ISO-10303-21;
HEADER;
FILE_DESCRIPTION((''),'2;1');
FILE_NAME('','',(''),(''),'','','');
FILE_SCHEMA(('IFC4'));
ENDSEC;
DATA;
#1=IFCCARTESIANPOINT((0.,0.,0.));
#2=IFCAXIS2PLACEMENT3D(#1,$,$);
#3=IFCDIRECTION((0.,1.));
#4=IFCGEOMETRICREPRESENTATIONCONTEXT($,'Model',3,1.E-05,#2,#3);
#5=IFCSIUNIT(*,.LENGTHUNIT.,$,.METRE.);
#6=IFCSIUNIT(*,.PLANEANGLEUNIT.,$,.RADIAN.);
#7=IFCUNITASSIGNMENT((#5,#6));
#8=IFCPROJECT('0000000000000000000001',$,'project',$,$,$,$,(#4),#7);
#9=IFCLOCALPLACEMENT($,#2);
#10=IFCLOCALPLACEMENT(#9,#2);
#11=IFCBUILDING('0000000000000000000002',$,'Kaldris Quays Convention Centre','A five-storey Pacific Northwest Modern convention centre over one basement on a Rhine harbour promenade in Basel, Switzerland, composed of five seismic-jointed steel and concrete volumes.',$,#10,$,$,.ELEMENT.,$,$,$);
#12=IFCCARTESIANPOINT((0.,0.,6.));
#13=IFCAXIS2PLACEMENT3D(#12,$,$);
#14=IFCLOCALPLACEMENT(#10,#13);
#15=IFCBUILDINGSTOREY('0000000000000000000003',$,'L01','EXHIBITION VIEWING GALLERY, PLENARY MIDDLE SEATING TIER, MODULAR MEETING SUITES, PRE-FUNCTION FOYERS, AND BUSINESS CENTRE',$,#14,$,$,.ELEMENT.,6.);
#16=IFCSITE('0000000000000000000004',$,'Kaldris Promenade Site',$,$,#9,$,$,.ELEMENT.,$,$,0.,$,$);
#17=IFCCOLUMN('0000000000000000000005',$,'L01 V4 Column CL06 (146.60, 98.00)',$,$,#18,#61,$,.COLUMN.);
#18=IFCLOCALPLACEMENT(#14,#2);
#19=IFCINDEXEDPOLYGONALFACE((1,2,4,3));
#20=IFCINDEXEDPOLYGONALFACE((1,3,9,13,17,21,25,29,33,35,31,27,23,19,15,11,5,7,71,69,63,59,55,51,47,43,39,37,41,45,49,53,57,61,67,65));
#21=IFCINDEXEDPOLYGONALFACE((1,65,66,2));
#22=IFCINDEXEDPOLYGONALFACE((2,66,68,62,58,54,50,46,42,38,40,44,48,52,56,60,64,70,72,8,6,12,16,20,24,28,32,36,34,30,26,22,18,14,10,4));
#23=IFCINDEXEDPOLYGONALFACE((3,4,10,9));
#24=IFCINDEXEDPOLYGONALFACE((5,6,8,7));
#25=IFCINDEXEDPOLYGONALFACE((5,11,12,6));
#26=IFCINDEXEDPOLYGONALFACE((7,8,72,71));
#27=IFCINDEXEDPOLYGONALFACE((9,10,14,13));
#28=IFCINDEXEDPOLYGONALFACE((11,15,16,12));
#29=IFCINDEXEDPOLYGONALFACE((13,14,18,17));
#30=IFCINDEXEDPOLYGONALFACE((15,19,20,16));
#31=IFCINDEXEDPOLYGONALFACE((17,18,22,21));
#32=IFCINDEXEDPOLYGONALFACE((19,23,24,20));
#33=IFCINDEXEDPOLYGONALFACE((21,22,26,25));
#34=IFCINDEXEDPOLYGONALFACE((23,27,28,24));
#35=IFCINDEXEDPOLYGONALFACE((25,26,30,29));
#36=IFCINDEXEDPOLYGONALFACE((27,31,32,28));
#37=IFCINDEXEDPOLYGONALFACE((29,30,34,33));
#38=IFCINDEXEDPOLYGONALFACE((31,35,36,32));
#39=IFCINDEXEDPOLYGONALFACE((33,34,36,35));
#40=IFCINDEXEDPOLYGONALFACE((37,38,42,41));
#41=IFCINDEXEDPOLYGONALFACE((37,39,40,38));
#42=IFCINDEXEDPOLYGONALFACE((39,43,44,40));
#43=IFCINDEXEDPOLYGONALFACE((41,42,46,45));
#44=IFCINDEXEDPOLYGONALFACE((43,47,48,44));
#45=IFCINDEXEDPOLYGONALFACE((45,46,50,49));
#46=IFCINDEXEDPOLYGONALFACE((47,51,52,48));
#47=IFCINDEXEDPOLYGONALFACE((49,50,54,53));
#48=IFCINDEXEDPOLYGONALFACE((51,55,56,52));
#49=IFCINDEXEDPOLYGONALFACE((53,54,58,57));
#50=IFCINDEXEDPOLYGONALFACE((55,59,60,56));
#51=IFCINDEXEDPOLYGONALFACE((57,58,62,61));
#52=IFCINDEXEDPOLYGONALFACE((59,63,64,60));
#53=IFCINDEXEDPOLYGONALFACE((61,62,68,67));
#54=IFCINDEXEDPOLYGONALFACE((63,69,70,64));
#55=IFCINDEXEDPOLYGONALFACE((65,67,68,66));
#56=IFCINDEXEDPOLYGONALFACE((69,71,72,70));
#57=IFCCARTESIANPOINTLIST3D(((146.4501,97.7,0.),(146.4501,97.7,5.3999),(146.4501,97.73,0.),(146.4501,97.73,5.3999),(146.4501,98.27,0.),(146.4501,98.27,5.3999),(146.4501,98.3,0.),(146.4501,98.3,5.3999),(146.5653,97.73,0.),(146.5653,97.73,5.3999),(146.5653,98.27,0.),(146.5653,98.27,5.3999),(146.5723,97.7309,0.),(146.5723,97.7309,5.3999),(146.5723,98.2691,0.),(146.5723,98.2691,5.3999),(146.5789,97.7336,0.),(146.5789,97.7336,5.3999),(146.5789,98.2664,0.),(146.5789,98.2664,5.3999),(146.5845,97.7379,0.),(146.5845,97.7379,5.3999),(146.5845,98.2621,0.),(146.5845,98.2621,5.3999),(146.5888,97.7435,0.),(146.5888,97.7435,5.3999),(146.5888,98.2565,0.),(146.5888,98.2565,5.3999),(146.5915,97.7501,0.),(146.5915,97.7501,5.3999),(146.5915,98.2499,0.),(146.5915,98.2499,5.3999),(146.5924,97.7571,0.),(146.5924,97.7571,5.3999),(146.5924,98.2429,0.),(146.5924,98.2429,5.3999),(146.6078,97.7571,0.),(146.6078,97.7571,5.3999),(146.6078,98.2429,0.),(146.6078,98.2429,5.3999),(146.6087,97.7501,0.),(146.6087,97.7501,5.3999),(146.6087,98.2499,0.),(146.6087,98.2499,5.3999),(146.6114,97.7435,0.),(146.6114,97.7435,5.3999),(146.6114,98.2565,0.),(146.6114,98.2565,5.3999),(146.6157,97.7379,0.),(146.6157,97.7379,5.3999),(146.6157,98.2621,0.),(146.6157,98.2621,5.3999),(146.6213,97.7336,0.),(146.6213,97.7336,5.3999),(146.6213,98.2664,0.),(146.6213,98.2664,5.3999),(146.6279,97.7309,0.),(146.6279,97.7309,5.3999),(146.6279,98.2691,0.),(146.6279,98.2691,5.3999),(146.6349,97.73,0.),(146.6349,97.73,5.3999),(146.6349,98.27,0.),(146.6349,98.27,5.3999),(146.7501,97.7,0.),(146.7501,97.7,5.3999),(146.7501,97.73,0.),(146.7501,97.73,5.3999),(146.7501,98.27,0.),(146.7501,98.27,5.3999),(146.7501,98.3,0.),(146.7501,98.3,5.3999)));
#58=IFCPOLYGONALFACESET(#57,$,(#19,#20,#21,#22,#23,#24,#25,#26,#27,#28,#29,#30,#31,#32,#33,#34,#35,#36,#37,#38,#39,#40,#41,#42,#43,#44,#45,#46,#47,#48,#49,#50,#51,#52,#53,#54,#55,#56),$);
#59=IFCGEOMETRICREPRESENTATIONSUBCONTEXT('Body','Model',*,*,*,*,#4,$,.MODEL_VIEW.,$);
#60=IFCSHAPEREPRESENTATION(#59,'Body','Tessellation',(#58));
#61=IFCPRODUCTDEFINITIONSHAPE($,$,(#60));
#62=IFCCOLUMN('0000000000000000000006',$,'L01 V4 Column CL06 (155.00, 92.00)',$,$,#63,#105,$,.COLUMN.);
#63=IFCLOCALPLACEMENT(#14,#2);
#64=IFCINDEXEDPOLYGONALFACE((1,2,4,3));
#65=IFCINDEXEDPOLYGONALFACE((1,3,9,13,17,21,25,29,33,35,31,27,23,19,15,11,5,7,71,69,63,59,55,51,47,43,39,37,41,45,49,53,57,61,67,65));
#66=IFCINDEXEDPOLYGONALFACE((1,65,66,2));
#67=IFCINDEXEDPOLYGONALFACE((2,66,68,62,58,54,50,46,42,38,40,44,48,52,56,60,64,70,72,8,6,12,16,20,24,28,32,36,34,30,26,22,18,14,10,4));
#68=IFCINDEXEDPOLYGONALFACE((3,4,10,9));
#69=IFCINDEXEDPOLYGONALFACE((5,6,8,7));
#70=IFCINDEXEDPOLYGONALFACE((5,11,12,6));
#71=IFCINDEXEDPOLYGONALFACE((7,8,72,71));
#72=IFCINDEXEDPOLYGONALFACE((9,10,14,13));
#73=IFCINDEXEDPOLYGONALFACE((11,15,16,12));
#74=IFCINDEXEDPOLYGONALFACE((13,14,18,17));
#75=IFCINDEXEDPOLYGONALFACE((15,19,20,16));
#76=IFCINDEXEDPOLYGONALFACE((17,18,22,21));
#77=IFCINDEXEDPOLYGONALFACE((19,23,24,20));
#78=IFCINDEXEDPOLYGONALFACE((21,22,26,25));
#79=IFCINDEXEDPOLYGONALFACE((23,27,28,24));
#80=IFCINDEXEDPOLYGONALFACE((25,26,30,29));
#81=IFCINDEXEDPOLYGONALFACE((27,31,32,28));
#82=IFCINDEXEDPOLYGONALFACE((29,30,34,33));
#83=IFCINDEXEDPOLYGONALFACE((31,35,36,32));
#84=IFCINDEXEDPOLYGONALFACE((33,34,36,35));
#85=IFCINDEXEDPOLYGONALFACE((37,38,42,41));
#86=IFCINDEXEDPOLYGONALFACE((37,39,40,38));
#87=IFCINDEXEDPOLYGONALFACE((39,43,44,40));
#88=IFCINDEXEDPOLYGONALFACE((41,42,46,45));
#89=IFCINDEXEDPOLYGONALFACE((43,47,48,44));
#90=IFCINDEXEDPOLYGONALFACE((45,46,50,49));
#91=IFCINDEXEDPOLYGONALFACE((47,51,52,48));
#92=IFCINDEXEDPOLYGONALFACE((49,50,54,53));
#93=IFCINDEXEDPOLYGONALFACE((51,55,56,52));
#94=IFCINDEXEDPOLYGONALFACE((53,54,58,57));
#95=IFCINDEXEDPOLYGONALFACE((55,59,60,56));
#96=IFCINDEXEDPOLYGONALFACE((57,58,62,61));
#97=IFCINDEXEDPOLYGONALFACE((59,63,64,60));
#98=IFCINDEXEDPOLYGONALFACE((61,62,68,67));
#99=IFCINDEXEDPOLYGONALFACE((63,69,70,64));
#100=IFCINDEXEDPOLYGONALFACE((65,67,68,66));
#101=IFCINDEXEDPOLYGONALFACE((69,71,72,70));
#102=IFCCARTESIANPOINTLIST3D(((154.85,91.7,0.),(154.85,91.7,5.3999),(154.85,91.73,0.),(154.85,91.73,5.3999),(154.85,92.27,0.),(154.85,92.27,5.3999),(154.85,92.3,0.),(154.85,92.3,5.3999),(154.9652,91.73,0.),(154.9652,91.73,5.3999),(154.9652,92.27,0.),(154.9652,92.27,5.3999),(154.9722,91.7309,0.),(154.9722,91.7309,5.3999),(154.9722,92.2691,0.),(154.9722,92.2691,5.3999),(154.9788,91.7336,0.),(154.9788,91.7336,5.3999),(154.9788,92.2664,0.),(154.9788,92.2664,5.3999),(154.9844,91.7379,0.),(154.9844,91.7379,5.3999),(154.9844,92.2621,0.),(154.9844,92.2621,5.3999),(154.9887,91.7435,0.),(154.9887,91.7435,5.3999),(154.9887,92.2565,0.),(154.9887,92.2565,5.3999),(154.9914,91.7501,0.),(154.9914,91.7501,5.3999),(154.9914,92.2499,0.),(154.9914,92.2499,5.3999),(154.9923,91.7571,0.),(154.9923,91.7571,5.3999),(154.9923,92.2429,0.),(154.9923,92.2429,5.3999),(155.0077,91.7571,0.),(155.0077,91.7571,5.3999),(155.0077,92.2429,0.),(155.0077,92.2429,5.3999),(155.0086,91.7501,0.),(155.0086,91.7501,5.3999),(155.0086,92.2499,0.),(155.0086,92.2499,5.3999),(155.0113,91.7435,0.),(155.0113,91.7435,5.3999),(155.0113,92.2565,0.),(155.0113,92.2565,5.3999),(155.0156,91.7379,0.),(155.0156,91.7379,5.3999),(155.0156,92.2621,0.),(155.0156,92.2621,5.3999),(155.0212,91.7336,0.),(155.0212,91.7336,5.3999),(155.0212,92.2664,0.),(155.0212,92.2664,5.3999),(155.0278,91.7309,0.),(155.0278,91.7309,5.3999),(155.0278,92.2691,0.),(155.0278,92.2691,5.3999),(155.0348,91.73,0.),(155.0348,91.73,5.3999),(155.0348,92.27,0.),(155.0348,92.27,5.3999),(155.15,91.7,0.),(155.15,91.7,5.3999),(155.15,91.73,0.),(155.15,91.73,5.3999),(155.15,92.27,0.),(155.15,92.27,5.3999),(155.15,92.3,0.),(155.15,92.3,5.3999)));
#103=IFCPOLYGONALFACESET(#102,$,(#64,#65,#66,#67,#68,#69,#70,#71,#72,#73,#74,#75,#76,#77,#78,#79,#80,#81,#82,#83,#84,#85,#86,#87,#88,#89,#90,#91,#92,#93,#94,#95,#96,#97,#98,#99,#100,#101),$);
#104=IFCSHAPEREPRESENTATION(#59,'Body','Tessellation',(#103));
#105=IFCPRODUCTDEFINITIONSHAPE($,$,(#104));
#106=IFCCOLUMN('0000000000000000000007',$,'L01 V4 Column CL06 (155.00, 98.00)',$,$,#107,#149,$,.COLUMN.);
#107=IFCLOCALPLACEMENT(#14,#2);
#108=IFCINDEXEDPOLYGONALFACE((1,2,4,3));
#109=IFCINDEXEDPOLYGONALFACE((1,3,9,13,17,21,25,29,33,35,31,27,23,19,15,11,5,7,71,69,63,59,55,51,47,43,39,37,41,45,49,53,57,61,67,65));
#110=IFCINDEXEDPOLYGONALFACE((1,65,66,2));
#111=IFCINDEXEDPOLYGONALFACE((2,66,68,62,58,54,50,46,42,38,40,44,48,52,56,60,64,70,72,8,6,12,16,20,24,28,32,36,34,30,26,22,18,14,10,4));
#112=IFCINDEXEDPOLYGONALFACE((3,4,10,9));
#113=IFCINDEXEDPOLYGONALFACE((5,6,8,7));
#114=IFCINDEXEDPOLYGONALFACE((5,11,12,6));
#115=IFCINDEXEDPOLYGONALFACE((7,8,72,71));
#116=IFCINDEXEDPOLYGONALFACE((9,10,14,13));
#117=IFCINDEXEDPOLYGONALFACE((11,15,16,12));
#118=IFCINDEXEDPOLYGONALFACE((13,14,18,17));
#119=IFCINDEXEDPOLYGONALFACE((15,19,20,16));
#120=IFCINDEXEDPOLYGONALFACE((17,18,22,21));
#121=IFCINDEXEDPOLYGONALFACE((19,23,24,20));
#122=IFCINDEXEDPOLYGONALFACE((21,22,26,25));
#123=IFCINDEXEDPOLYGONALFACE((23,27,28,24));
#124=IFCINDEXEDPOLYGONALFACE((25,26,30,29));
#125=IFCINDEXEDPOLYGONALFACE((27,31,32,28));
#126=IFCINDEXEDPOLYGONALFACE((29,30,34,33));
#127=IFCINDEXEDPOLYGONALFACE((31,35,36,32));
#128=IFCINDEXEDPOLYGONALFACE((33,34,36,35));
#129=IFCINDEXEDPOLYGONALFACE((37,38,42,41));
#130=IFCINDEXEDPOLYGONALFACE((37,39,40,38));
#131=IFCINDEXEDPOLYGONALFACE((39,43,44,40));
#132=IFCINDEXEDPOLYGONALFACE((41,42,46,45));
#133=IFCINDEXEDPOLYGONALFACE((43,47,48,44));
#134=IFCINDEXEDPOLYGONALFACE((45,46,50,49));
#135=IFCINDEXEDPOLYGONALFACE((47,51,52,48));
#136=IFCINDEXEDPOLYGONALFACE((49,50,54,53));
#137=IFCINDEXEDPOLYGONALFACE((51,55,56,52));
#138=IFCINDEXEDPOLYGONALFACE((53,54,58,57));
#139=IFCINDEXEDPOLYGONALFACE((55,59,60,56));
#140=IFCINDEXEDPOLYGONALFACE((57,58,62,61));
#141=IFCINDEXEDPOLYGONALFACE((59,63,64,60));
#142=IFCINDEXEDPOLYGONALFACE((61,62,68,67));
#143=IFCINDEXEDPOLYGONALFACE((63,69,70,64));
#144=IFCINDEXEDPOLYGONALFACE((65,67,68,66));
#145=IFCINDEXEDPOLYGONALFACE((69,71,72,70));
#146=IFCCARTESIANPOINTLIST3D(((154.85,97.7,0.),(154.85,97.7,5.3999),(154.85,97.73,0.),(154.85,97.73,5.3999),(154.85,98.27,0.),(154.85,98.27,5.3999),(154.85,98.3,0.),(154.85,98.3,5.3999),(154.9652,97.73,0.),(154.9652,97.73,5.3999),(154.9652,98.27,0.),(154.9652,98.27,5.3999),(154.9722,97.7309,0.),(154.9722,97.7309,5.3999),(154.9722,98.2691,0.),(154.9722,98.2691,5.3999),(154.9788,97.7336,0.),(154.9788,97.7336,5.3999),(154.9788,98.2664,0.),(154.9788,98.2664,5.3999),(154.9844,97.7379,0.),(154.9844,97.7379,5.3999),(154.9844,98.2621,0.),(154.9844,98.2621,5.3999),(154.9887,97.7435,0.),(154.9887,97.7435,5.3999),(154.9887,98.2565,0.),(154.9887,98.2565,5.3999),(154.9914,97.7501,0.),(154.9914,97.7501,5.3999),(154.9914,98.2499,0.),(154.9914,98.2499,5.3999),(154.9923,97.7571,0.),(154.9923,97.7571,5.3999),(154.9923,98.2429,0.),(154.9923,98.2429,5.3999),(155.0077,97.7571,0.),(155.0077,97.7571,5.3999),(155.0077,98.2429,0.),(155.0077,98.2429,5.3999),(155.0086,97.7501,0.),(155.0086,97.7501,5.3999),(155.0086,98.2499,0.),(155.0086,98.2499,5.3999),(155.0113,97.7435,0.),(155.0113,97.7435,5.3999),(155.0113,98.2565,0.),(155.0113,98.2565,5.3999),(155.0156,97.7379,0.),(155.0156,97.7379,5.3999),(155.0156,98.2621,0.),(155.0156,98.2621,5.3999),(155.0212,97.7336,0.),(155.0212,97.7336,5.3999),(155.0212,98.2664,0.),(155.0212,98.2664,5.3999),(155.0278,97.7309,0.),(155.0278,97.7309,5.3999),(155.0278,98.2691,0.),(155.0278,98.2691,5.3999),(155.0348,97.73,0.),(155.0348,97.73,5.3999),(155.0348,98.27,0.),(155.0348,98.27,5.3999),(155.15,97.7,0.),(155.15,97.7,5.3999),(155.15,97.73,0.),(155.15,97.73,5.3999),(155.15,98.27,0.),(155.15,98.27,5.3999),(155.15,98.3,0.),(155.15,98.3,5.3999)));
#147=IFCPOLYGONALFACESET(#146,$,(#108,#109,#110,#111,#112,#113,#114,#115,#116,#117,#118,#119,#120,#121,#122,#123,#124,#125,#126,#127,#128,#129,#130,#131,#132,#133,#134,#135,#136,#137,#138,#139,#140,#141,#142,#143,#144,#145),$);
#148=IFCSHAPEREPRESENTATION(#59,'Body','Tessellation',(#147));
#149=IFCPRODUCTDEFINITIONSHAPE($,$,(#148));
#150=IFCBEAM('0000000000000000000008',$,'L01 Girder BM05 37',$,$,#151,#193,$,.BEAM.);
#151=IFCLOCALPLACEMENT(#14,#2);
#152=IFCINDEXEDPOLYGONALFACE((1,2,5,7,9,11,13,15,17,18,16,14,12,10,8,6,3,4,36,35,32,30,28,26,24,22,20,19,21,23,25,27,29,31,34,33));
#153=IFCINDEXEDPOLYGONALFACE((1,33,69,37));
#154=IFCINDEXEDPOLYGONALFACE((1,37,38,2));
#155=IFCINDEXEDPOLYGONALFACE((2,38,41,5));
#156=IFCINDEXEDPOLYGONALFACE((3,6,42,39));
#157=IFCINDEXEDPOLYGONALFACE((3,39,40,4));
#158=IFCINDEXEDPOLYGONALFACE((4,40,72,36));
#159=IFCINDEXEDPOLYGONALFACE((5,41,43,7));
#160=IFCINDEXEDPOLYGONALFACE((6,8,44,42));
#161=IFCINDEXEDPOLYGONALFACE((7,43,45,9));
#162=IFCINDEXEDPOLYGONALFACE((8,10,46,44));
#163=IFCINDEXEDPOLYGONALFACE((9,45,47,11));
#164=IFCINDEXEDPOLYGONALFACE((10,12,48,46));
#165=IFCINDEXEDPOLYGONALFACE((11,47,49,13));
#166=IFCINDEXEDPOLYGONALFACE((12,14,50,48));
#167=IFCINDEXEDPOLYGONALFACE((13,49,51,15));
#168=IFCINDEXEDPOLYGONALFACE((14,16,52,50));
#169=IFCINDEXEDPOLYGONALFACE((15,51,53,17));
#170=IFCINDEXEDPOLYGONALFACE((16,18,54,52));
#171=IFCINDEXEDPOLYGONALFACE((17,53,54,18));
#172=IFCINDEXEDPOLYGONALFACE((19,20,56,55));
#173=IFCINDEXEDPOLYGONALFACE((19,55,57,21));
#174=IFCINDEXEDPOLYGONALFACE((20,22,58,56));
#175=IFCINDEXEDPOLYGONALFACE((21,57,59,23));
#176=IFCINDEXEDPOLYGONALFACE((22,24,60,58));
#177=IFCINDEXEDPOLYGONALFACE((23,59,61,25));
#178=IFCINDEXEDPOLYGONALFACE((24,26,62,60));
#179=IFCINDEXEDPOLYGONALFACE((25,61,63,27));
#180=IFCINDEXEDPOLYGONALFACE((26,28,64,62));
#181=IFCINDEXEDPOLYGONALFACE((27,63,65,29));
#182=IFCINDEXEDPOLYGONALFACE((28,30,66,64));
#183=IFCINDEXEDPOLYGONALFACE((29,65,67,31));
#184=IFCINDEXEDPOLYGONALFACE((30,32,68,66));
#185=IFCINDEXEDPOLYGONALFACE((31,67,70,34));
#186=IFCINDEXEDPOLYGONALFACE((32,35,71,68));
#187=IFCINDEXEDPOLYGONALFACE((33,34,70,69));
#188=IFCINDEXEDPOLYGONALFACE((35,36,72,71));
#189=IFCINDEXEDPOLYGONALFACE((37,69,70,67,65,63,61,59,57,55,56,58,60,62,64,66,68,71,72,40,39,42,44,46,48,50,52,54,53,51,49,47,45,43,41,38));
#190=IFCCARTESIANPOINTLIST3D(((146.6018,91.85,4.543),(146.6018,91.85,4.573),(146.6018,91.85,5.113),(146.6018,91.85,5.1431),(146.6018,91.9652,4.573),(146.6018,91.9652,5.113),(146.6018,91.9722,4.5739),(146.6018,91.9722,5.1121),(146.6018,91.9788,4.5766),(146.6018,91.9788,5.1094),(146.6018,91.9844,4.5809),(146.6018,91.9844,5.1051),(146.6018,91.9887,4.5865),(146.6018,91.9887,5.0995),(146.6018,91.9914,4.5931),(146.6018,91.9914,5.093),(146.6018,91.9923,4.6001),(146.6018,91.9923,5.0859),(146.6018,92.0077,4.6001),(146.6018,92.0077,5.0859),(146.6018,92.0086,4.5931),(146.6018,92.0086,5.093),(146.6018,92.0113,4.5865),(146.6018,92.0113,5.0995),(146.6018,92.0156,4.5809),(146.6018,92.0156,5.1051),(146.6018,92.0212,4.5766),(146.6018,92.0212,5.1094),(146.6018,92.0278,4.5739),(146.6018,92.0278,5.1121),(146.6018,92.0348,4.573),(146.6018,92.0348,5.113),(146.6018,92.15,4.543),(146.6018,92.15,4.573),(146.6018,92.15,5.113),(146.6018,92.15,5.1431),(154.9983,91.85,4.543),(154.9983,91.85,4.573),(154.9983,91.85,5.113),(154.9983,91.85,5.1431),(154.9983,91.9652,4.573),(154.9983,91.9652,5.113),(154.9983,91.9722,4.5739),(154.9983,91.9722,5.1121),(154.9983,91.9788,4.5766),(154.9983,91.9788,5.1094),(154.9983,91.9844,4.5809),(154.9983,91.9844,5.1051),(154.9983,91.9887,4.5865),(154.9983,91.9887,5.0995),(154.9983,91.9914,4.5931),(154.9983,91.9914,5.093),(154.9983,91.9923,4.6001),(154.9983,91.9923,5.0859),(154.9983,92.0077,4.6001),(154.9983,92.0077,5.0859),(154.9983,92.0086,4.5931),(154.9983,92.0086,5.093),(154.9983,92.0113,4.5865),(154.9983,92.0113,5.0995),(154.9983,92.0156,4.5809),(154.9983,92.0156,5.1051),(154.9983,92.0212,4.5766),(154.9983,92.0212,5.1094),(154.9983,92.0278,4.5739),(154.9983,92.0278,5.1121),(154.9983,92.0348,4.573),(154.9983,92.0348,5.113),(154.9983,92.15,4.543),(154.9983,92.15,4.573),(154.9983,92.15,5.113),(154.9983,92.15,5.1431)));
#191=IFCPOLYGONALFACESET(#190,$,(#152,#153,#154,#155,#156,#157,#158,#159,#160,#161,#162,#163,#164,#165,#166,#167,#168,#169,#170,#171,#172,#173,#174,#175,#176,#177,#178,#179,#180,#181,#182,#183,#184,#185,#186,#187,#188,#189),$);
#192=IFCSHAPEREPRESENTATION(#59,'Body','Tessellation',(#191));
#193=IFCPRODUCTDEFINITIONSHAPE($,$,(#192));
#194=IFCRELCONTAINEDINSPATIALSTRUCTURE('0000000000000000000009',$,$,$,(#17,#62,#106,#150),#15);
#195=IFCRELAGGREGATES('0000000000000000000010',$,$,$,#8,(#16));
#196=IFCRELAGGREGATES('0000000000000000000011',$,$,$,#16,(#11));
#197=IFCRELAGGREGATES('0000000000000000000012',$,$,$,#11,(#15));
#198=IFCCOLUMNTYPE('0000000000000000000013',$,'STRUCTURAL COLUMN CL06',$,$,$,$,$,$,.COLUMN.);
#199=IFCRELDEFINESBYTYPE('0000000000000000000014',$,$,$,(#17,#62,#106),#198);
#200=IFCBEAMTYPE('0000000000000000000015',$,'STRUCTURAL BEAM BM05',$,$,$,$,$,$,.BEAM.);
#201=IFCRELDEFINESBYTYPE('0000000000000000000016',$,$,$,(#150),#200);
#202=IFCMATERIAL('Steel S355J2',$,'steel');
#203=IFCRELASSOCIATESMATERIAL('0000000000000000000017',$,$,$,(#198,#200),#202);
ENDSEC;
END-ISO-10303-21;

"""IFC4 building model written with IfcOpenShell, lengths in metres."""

from ifc_helpers import new_model, si_unit, direction, frame, origin, origin_2d, place, context, subcontext, project, spatial, i_section, extrude, material, material_profile, profile_set, type_object, element, save


model = new_model("IFC4")

# Units and contexts
model_context = context("Model", 3, precision=1e-05, world=origin(), true_north=direction((0.0, 1.0)))
body_context = subcontext(model_context, "Body", "Model", "MODEL_VIEW")
ifc_project = project(units=[si_unit("LENGTHUNIT", "METRE"), si_unit("PLANEANGLEUNIT", "RADIAN")], contexts=[model_context])

# Site, building, storey
site_placement = place(None, origin())
site = spatial("IfcSite", under=ifc_project, at=site_placement, Name="Kaldris Promenade Site", CompositionType="ELEMENT", RefElevation=0.0)
building_placement = place(site_placement, origin())
building = spatial("IfcBuilding", under=site, at=building_placement, Name="Kaldris Quays Convention Centre", Description="A five-storey Pacific Northwest Modern convention centre over one basement on a Rhine harbour promenade in Basel, Switzerland, composed of five seismic-jointed steel and concrete volumes.", CompositionType="ELEMENT")
storey_placement = place(building_placement, frame((0.0, 0.0, 6.0)))
storey = spatial("IfcBuildingStorey", under=building, at=storey_placement, Name="L01", Description="EXHIBITION VIEWING GALLERY, PLENARY MIDDLE SEATING TIER, MODULAR MEETING SUITES, PRE-FUNCTION FOYERS, AND BUSINESS CENTRE", CompositionType="ELEMENT", Elevation=6.0)

# Columns
ifc_material_1 = material(Name="Steel S355J2", Category="steel")
ifc_material_profile_1 = material_profile(ifc_material_1, i_section(OverallWidth=0.3, OverallDepth=0.6001, WebThickness=0.0154, FlangeThickness=0.03, FilletRadius=0.0271, at=origin_2d()), Name="HEB 600")
ifc_profile_set_1 = profile_set([ifc_material_profile_1], Name="Steel S355J2")
column_type_1 = type_object("IfcColumnType", Name="STRUCTURAL COLUMN CL06", PredefinedType="COLUMN", material=ifc_profile_set_1)
for number, where, z_axis, x_axis, name in (
    (1, (146.6001, 98.0, 0.0), (0.0, 0.0, 1.0), (1.0, 0.0, 0.0), "L01 V4 Column CL06 (146.60, 98.00)"),
    (2, (155.0, 92.0, 0.0), (0.0, 0.0, 1.0), (1.0, 0.0, 0.0), "L01 V4 Column CL06 (155.00, 92.00)"),
    (3, (155.0, 98.0, 0.0), (0.0, 0.0, 1.0), (1.0, 0.0, 0.0), "L01 V4 Column CL06 (155.00, 98.00)"),
):
    element("IfcColumn", number, at=place(storey_placement, frame(where, z_axis=z_axis, x_axis=x_axis)), inside=storey, type_object=column_type_1, Name=name, PredefinedType="COLUMN", context=body_context, shape_type="SweptSolid", body=[
        extrude(i_section(OverallWidth=0.3, OverallDepth=0.6001, WebThickness=0.0154, FlangeThickness=0.03, FilletRadius=0.0271, at=origin_2d()), origin(), (0.0, 0.0, 1.0), 5.3999),
    ])

# Beam
ifc_material_profile_2 = material_profile(ifc_material_1, i_section(OverallWidth=0.3, OverallDepth=0.6001, WebThickness=0.0154, FlangeThickness=0.03, FilletRadius=0.0271, at=origin_2d()), Name="HEB 600")
ifc_profile_set_2 = profile_set([ifc_material_profile_2], Name="Steel S355J2")
beam_type_1 = type_object("IfcBeamType", Name="STRUCTURAL BEAM BM05", PredefinedType="BEAM", material=ifc_profile_set_2)
for number, where, z_axis, x_axis, name in (
    (4, (146.6018, 92.0, 4.843), (1.0, 0.0, 0.0), (0.0, 1.0, 0.0), "L01 Girder BM05 37"),
):
    element("IfcBeam", number, at=place(storey_placement, frame(where, z_axis=z_axis, x_axis=x_axis)), inside=storey, type_object=beam_type_1, Name=name, PredefinedType="BEAM", context=body_context, shape_type="SweptSolid", body=[
        extrude(i_section(OverallWidth=0.3, OverallDepth=0.6001, WebThickness=0.0154, FlangeThickness=0.03, FilletRadius=0.0271, at=origin_2d()), origin(), (0.0, 0.0, 1.0), 8.3965),
    ])

save(model, "model.ifc")
